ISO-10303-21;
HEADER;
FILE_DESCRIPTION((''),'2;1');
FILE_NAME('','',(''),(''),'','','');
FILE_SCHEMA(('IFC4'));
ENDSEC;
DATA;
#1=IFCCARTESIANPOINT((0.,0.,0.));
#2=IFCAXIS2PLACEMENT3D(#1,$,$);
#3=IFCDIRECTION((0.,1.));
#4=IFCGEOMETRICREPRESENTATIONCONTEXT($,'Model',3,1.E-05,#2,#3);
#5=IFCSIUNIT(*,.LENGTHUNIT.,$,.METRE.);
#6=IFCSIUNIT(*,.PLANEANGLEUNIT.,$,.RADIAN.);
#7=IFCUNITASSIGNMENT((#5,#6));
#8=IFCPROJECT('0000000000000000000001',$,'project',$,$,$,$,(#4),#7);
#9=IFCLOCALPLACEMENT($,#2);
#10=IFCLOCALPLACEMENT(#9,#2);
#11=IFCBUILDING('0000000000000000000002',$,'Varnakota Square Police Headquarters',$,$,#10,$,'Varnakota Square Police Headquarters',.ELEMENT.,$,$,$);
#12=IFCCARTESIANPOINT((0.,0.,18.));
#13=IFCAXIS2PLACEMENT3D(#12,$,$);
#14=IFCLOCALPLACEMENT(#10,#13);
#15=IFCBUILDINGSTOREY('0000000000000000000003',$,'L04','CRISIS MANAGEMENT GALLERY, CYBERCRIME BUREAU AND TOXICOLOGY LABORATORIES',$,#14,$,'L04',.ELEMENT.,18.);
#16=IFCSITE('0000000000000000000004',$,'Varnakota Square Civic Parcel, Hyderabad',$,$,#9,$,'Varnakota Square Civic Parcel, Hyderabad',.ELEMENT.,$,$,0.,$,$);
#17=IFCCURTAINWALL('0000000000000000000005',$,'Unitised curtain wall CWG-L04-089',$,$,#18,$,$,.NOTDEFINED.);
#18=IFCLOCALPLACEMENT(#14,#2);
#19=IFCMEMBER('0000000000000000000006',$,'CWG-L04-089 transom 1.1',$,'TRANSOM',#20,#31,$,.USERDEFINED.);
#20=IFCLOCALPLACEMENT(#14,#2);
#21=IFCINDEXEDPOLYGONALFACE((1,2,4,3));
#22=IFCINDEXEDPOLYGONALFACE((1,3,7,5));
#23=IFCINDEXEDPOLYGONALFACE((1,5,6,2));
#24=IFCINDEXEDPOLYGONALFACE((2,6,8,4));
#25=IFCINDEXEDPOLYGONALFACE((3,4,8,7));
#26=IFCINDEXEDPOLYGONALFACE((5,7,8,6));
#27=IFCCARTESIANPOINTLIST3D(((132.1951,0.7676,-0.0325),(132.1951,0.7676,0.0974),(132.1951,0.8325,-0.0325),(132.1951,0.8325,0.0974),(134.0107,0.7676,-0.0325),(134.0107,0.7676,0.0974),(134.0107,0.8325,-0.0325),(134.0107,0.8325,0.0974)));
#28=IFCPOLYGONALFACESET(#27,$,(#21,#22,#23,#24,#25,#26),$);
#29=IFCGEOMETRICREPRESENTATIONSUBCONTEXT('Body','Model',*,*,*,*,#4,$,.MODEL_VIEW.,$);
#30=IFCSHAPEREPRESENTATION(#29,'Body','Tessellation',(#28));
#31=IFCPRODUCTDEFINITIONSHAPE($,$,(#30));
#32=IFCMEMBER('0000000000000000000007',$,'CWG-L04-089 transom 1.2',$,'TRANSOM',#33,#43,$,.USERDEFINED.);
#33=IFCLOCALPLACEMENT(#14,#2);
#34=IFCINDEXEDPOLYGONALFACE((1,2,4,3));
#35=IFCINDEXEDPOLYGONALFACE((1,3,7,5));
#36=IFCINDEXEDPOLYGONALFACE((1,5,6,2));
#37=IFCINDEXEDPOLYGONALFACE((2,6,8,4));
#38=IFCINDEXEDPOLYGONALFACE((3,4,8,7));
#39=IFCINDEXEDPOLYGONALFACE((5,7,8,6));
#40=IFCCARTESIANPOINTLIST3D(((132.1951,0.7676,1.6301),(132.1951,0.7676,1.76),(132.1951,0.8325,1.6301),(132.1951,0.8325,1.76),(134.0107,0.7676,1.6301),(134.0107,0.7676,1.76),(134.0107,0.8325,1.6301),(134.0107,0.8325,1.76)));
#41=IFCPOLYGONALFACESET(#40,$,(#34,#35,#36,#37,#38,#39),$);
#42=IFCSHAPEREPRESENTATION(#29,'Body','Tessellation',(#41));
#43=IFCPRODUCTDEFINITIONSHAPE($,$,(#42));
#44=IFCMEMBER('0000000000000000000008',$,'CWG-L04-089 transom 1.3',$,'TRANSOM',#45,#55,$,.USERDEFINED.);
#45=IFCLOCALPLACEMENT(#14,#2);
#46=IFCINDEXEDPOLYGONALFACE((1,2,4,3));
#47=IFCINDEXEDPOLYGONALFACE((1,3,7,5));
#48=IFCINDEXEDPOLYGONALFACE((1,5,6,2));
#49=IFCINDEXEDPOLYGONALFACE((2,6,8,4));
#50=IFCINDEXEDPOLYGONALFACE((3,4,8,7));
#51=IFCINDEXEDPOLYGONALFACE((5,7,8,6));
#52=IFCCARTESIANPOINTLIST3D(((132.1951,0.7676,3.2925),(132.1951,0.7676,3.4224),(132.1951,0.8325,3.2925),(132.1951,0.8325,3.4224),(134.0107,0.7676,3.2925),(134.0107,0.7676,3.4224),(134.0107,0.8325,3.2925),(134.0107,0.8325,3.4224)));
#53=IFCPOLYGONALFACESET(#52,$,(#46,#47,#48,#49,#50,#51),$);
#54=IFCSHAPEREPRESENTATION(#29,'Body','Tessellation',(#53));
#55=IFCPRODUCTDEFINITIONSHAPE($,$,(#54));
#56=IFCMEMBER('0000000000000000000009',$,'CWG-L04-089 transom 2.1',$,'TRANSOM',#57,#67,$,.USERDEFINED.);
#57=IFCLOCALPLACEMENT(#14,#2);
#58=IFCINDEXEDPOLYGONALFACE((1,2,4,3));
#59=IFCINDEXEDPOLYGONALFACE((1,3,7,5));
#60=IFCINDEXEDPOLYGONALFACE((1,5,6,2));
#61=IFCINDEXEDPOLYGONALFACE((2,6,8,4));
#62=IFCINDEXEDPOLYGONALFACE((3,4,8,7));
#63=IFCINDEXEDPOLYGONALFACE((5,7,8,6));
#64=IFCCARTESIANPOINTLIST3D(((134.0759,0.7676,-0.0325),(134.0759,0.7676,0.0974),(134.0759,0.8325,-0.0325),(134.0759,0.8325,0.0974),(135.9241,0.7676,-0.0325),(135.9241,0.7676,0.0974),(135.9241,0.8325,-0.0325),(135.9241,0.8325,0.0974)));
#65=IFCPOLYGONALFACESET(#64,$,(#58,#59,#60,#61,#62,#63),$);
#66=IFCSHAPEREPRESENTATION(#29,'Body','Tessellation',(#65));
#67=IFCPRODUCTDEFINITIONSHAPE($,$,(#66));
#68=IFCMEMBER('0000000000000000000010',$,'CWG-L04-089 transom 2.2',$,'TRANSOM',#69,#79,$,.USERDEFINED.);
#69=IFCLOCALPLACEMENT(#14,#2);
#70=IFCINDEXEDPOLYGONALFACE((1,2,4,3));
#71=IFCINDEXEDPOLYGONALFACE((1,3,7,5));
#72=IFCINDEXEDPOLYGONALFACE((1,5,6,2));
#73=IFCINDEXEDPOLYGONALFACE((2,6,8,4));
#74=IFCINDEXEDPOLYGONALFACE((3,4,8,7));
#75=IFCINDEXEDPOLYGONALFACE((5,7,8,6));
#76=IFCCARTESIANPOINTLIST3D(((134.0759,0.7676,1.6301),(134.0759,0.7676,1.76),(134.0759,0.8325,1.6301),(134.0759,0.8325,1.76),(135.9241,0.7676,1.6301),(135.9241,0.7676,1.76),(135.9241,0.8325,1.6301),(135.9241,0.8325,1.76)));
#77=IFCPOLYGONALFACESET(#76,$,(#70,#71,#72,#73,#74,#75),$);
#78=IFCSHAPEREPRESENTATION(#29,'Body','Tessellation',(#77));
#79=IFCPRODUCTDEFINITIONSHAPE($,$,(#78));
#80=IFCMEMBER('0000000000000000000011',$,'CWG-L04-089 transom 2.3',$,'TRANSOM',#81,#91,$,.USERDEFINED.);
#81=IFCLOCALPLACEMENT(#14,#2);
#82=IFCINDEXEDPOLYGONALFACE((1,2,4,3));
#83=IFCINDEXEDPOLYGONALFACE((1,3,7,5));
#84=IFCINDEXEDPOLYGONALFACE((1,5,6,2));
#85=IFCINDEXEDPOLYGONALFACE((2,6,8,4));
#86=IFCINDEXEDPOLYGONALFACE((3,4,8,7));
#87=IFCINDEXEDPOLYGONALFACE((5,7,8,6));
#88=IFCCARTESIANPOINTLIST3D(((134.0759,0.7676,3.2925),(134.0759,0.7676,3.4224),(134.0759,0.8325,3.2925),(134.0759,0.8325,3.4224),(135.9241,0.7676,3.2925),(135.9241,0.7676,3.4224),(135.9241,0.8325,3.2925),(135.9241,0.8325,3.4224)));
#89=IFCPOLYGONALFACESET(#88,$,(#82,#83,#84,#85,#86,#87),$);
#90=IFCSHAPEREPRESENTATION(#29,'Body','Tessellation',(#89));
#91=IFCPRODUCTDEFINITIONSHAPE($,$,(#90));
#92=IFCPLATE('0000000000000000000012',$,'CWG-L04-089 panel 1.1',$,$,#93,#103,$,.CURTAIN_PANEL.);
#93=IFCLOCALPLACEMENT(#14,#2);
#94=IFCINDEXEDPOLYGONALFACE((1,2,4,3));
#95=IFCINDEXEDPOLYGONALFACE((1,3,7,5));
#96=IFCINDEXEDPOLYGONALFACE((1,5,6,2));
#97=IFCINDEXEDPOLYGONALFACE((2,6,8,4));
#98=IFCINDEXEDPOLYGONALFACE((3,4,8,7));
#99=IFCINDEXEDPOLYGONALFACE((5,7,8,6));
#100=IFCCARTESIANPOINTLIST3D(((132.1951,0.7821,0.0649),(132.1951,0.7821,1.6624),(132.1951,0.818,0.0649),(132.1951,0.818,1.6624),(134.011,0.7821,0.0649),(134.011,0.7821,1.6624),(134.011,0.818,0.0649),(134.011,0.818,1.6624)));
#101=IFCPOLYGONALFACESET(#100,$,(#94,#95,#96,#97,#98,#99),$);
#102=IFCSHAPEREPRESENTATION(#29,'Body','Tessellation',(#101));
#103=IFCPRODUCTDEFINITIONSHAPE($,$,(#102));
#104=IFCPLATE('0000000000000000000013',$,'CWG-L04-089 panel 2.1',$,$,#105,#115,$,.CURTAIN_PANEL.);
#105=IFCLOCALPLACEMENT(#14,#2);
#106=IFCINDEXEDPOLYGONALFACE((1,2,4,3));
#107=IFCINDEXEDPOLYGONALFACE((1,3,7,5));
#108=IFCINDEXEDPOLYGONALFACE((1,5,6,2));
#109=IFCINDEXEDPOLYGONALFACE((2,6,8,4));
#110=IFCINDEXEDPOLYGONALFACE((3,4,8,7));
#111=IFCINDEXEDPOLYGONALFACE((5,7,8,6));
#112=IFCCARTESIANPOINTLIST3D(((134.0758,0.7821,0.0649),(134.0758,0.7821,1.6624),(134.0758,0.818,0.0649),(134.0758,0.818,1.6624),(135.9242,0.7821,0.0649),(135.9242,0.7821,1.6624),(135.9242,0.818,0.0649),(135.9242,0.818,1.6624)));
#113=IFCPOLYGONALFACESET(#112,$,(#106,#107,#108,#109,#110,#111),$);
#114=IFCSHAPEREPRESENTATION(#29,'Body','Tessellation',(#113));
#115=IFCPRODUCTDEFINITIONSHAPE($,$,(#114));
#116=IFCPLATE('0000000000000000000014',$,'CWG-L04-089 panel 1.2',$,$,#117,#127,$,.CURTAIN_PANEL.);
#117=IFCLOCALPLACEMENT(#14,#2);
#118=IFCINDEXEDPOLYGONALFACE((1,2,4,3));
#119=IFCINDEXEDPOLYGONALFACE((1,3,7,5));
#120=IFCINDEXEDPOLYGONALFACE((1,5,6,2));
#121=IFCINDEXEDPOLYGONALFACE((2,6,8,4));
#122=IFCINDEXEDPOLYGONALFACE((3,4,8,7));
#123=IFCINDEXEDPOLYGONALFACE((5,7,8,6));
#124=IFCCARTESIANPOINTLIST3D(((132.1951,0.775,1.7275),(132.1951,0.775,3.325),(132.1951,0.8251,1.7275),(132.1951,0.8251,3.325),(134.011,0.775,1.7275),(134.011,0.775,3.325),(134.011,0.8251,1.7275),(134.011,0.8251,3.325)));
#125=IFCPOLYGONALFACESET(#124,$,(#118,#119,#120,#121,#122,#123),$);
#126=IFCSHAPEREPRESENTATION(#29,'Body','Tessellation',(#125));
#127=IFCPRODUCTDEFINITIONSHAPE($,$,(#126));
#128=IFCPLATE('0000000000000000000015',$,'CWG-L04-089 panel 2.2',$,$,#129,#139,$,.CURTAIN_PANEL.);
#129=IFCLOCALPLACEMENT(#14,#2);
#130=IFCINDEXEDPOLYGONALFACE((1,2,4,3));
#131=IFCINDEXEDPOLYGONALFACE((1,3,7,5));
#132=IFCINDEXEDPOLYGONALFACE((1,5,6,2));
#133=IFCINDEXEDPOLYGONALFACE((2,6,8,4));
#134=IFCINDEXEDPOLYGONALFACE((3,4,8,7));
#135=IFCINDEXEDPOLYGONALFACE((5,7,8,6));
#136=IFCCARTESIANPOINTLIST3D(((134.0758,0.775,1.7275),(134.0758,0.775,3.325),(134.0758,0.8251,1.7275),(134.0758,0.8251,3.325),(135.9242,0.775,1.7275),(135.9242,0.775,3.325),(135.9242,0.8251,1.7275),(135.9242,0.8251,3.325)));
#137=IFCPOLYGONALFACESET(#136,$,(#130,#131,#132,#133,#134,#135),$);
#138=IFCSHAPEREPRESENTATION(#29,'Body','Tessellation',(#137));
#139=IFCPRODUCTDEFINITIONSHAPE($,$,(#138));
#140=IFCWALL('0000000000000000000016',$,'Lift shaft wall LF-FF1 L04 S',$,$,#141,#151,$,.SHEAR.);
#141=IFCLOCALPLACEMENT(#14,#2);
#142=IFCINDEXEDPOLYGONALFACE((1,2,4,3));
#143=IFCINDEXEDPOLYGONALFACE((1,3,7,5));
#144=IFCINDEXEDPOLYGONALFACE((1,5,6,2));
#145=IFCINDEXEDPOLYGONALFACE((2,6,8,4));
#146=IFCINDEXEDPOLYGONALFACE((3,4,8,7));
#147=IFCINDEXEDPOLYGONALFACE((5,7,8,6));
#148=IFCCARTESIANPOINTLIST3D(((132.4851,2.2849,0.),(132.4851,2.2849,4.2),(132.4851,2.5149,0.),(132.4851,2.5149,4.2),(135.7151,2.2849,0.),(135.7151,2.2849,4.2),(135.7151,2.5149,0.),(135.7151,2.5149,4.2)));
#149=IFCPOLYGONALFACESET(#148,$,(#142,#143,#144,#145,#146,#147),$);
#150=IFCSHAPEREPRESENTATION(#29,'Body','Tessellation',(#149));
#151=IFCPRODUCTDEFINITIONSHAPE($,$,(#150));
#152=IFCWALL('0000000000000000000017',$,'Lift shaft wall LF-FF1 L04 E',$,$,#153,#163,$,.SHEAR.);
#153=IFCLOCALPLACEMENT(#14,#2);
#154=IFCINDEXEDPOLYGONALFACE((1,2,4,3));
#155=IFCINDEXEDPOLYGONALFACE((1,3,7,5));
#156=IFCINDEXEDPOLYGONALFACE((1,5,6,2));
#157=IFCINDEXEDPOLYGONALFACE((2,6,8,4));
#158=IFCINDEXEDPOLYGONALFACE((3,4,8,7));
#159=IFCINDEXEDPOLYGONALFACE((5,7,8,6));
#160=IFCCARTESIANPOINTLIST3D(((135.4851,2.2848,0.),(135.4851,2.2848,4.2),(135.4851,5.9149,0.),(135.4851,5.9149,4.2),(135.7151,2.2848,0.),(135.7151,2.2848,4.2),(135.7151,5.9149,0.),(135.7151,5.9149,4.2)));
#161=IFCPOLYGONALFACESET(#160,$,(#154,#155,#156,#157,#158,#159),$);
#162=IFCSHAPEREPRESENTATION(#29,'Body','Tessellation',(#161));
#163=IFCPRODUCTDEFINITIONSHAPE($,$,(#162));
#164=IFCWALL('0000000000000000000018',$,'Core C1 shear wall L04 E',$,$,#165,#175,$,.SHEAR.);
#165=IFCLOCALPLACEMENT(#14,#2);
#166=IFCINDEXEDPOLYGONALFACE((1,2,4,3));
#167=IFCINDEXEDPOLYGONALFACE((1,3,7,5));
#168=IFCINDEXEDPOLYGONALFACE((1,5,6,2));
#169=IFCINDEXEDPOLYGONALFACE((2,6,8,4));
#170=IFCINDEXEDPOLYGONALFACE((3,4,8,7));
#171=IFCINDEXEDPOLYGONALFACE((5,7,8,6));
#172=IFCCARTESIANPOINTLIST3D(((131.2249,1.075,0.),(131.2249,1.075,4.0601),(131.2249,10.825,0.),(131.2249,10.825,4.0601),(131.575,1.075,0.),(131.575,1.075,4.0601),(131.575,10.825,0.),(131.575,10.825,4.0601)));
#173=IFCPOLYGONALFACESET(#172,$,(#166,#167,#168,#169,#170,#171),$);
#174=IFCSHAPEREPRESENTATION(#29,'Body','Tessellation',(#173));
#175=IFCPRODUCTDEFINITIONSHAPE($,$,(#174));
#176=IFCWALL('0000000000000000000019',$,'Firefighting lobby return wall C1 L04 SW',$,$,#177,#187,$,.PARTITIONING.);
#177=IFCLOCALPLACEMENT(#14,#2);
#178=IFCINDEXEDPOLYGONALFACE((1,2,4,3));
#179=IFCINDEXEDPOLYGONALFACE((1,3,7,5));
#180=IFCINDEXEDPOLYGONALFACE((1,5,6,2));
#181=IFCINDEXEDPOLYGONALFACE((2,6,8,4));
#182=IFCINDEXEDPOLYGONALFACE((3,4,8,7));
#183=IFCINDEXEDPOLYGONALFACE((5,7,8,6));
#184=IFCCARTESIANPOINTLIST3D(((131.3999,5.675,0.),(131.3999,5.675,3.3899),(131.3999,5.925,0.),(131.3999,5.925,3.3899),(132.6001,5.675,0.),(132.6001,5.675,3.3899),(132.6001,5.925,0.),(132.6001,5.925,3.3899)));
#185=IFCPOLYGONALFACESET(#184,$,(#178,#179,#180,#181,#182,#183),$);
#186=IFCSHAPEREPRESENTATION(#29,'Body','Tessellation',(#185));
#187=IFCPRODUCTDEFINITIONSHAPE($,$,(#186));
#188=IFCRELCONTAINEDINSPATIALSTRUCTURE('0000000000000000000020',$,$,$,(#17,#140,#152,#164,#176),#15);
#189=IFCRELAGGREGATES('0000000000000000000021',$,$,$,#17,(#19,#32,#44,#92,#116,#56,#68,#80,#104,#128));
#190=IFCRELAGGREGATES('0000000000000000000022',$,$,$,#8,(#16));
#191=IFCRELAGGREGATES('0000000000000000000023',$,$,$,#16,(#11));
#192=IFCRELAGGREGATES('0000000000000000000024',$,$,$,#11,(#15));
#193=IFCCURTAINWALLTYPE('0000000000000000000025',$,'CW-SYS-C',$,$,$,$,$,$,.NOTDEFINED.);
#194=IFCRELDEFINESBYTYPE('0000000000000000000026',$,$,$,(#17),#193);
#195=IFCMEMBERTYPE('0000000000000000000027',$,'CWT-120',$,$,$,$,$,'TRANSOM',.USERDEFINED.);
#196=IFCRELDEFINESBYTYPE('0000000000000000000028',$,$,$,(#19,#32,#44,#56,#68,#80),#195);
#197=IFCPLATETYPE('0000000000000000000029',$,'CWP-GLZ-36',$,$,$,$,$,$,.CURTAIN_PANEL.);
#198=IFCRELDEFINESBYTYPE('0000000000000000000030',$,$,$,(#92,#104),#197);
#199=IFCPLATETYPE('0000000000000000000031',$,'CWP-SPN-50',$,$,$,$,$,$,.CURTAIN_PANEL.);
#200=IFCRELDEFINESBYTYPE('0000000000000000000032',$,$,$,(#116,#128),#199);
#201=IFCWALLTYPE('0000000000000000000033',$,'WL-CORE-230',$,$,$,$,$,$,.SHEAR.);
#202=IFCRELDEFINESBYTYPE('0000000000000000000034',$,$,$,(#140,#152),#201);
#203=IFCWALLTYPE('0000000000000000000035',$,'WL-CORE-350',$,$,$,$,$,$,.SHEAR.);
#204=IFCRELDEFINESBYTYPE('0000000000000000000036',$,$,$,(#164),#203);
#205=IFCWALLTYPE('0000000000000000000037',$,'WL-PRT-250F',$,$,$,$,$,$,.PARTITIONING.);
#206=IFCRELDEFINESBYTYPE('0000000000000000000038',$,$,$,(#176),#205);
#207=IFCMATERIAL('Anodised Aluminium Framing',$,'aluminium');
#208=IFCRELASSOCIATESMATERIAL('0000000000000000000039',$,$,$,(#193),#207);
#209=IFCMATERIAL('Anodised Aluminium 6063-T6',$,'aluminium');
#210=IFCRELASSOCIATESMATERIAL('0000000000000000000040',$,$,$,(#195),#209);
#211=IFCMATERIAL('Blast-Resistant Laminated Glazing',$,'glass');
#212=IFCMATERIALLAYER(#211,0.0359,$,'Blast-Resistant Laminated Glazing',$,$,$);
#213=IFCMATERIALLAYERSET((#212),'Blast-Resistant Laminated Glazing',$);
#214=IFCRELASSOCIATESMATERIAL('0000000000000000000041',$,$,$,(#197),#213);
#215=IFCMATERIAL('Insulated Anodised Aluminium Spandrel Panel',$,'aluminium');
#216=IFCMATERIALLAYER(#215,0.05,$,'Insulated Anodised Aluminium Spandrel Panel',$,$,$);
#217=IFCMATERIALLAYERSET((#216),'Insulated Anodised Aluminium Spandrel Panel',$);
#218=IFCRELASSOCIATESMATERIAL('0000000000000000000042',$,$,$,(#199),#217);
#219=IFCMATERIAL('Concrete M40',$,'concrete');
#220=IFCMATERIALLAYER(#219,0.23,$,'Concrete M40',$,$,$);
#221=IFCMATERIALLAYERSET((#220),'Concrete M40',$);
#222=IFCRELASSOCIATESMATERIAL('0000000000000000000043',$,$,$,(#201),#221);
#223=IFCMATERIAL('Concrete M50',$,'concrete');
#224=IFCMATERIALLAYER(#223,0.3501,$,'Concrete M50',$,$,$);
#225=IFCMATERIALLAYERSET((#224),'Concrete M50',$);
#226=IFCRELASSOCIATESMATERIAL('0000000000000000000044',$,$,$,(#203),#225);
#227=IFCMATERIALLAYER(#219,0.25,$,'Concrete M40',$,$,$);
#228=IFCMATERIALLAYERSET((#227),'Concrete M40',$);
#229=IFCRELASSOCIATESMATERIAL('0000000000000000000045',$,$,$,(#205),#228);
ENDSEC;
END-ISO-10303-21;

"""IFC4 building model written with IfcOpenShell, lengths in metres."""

from ifc_helpers import new_model, si_unit, direction, frame, frame_2d, origin, origin_2d, place, context, subcontext, project, spatial, rectangle, extrude, material, layer, layer_set, material_profile, profile_set, type_object, element, aggregate, save


model = new_model("IFC4")

# Units and contexts
model_context = context("Model", 3, precision=1e-05, world=origin(), true_north=direction((0.0, 1.0)))
body_context = subcontext(model_context, "Body", "Model", "MODEL_VIEW")
ifc_project = project(units=[si_unit("LENGTHUNIT", "METRE"), si_unit("PLANEANGLEUNIT", "RADIAN")], contexts=[model_context])

# Site, building, storey
site_placement = place(None, origin())
site = spatial("IfcSite", under=ifc_project, at=site_placement, Name="Varnakota Square Civic Parcel, Hyderabad", LongName="Varnakota Square Civic Parcel, Hyderabad", CompositionType="ELEMENT", RefElevation=0.0)
building_placement = place(site_placement, origin())
building = spatial("IfcBuilding", under=site, at=building_placement, Name="Varnakota Square Police Headquarters", LongName="Varnakota Square Police Headquarters", CompositionType="ELEMENT")
storey_placement = place(building_placement, frame((0.0, 0.0, 18.0)))
storey = spatial("IfcBuildingStorey", under=building, at=storey_placement, Name="L04", Description="CRISIS MANAGEMENT GALLERY, CYBERCRIME BUREAU AND TOXICOLOGY LABORATORIES", LongName="L04", CompositionType="ELEMENT", Elevation=18.0)

# Curtain wall, members, plates
ifc_material_1 = material(Name="Anodised Aluminium Framing", Category="aluminium")
curtain_wall_type = type_object("IfcCurtainWallType", Name="CW-SYS-C", PredefinedType="NOTDEFINED", material=ifc_material_1)
curtain_wall_placement = place(storey_placement, origin())
curtain_wall = element("IfcCurtainWall", 1, at=curtain_wall_placement, inside=storey, type_object=curtain_wall_type, Name="Unitised curtain wall CWG-L04-089", PredefinedType="NOTDEFINED")
ifc_material_2 = material(Name="Anodised Aluminium 6063-T6", Category="aluminium")
ifc_material_profile_1 = material_profile(ifc_material_2, rectangle(XDim=0.0649, YDim=0.1299, at=origin_2d()), Name="ALU TRANSOM 65x130")
ifc_profile_set_1 = profile_set([ifc_material_profile_1], Name="Anodised Aluminium 6063-T6")
member_type_1 = type_object("IfcMemberType", Name="CWT-120", ElementType="TRANSOM", PredefinedType="USERDEFINED", material=ifc_profile_set_1)
member_1_placement = place(storey_placement, frame((132.1951, 0.8, 0.0325), z_axis=(1.0, 0.0, 0.0), x_axis=(0.0, 1.0, 0.0)))
member_1 = element("IfcMember", 2, at=member_1_placement, type_object=member_type_1, Name="CWG-L04-089 transom 1.1", ObjectType="TRANSOM", PredefinedType="USERDEFINED", context=body_context, shape_type="SweptSolid", body=[
    extrude(rectangle(XDim=0.0649, YDim=0.1299, at=origin_2d()), origin(), (0.0, 0.0, 1.0), 1.8157),
])
member_2_placement = place(storey_placement, frame((132.1951, 0.8, 1.6951), z_axis=(1.0, 0.0, 0.0), x_axis=(0.0, 1.0, 0.0)))
member_2 = element("IfcMember", 3, at=member_2_placement, type_object=member_type_1, Name="CWG-L04-089 transom 1.2", ObjectType="TRANSOM", PredefinedType="USERDEFINED", context=body_context, shape_type="SweptSolid", body=[
    extrude(rectangle(XDim=0.0649, YDim=0.1299, at=origin_2d()), origin(), (0.0, 0.0, 1.0), 1.8157),
])
member_3_placement = place(storey_placement, frame((132.1951, 0.8, 3.3574), z_axis=(1.0, 0.0, 0.0), x_axis=(0.0, 1.0, 0.0)))
member_3 = element("IfcMember", 4, at=member_3_placement, type_object=member_type_1, Name="CWG-L04-089 transom 1.3", ObjectType="TRANSOM", PredefinedType="USERDEFINED", context=body_context, shape_type="SweptSolid", body=[
    extrude(rectangle(XDim=0.0649, YDim=0.1299, at=origin_2d()), origin(), (0.0, 0.0, 1.0), 1.8157),
])
member_4_placement = place(storey_placement, frame((134.0759, 0.8, 0.0325), z_axis=(1.0, 0.0, 0.0), x_axis=(0.0, 1.0, 0.0)))
member_4 = element("IfcMember", 5, at=member_4_placement, type_object=member_type_1, Name="CWG-L04-089 transom 2.1", ObjectType="TRANSOM", PredefinedType="USERDEFINED", context=body_context, shape_type="SweptSolid", body=[
    extrude(rectangle(XDim=0.0649, YDim=0.1299, at=origin_2d()), origin(), (0.0, 0.0, 1.0), 1.8481),
])
member_5_placement = place(storey_placement, frame((134.0759, 0.8, 1.6951), z_axis=(1.0, 0.0, 0.0), x_axis=(0.0, 1.0, 0.0)))
member_5 = element("IfcMember", 6, at=member_5_placement, type_object=member_type_1, Name="CWG-L04-089 transom 2.2", ObjectType="TRANSOM", PredefinedType="USERDEFINED", context=body_context, shape_type="SweptSolid", body=[
    extrude(rectangle(XDim=0.0649, YDim=0.1299, at=origin_2d()), origin(), (0.0, 0.0, 1.0), 1.8481),
])
member_6_placement = place(storey_placement, frame((134.0759, 0.8, 3.3574), z_axis=(1.0, 0.0, 0.0), x_axis=(0.0, 1.0, 0.0)))
member_6 = element("IfcMember", 7, at=member_6_placement, type_object=member_type_1, Name="CWG-L04-089 transom 2.3", ObjectType="TRANSOM", PredefinedType="USERDEFINED", context=body_context, shape_type="SweptSolid", body=[
    extrude(rectangle(XDim=0.0649, YDim=0.1299, at=origin_2d()), origin(), (0.0, 0.0, 1.0), 1.8481),
])
ifc_material_3 = material(Name="Blast-Resistant Laminated Glazing", Category="glass")
ifc_layer_1 = layer(ifc_material_3, 0.0359, Name="Blast-Resistant Laminated Glazing")
ifc_layer_set_1 = layer_set([ifc_layer_1], Name="Blast-Resistant Laminated Glazing")
plate_type_1 = type_object("IfcPlateType", Name="CWP-GLZ-36", PredefinedType="CURTAIN_PANEL", material=ifc_layer_set_1)
plate_1_placement = place(storey_placement, frame((133.103, 0.8, 0.0649), z_axis=(0.0, 0.0, 1.0), x_axis=(1.0, 0.0, 0.0)))
plate_1 = element("IfcPlate", 8, at=plate_1_placement, type_object=plate_type_1, Name="CWG-L04-089 panel 1.1", PredefinedType="CURTAIN_PANEL", context=body_context, shape_type="SweptSolid", body=[
    extrude(rectangle(XDim=1.8159, YDim=0.0359, at=origin_2d()), origin(), (0.0, 0.0, 1.0), 1.5974),
])
plate_2_placement = place(storey_placement, frame((135.0, 0.8, 0.0649), z_axis=(0.0, 0.0, 1.0), x_axis=(1.0, 0.0, 0.0)))
plate_2 = element("IfcPlate", 9, at=plate_2_placement, type_object=plate_type_1, Name="CWG-L04-089 panel 2.1", PredefinedType="CURTAIN_PANEL", context=body_context, shape_type="SweptSolid", body=[
    extrude(rectangle(XDim=1.8484, YDim=0.0359, at=origin_2d()), origin(), (0.0, 0.0, 1.0), 1.5974),
])
ifc_material_4 = material(Name="Insulated Anodised Aluminium Spandrel Panel", Category="aluminium")
ifc_layer_2 = layer(ifc_material_4, 0.05, Name="Insulated Anodised Aluminium Spandrel Panel")
ifc_layer_set_2 = layer_set([ifc_layer_2], Name="Insulated Anodised Aluminium Spandrel Panel")
plate_type_2 = type_object("IfcPlateType", Name="CWP-SPN-50", PredefinedType="CURTAIN_PANEL", material=ifc_layer_set_2)
plate_3_placement = place(storey_placement, frame((133.103, 0.8, 1.7275), z_axis=(0.0, 0.0, 1.0), x_axis=(1.0, 0.0, 0.0)))
plate_3 = element("IfcPlate", 10, at=plate_3_placement, type_object=plate_type_2, Name="CWG-L04-089 panel 1.2", PredefinedType="CURTAIN_PANEL", context=body_context, shape_type="SweptSolid", body=[
    extrude(rectangle(XDim=1.8159, YDim=0.05, at=origin_2d()), origin(), (0.0, 0.0, 1.0), 1.5974),
])
plate_4_placement = place(storey_placement, frame((135.0, 0.8, 1.7275), z_axis=(0.0, 0.0, 1.0), x_axis=(1.0, 0.0, 0.0)))
plate_4 = element("IfcPlate", 11, at=plate_4_placement, type_object=plate_type_2, Name="CWG-L04-089 panel 2.2", PredefinedType="CURTAIN_PANEL", context=body_context, shape_type="SweptSolid", body=[
    extrude(rectangle(XDim=1.8484, YDim=0.05, at=origin_2d()), origin(), (0.0, 0.0, 1.0), 1.5974),
])
aggregate(curtain_wall, [member_1, member_2, member_3, plate_1, plate_3, member_4, member_5, member_6, plate_2, plate_4])

# Walls
ifc_material_5 = material(Name="Concrete M40", Category="concrete")
ifc_layer_3 = layer(ifc_material_5, 0.23, Name="Concrete M40")
ifc_layer_set_3 = layer_set([ifc_layer_3], Name="Concrete M40")
wall_type_1 = type_object("IfcWallType", Name="WL-CORE-230", PredefinedType="SHEAR", material=ifc_layer_set_3)
wall_1_placement = place(storey_placement, frame((132.4851, 2.3999, 0.0), z_axis=(0.0, 0.0, 1.0), x_axis=(1.0, 0.0, 0.0)))
element("IfcWall", 12, at=wall_1_placement, inside=storey, type_object=wall_type_1, Name="Lift shaft wall LF-FF1 L04 S", PredefinedType="SHEAR", context=body_context, shape_type="SweptSolid", body=[
    extrude(rectangle(XDim=3.23, YDim=0.23, at=frame_2d((1.615, 0.0))), origin(), (0.0, 0.0, 1.0), 4.2),
])
wall_2_placement = place(storey_placement, frame((135.6001, 2.2849, 0.0), z_axis=(0.0, 0.0, 1.0), x_axis=(0.0, 1.0, 0.0)))
element("IfcWall", 13, at=wall_2_placement, inside=storey, type_object=wall_type_1, Name="Lift shaft wall LF-FF1 L04 E", PredefinedType="SHEAR", context=body_context, shape_type="SweptSolid", body=[
    extrude(rectangle(XDim=3.6301, YDim=0.23, at=frame_2d((1.8149, 0.0))), origin(), (0.0, 0.0, 1.0), 4.2),
])
ifc_material_6 = material(Name="Concrete M50", Category="concrete")
ifc_layer_4 = layer(ifc_material_6, 0.3501, Name="Concrete M50")
ifc_layer_set_4 = layer_set([ifc_layer_4], Name="Concrete M50")
wall_type_2 = type_object("IfcWallType", Name="WL-CORE-350", PredefinedType="SHEAR", material=ifc_layer_set_4)
wall_3_placement = place(storey_placement, frame((131.3999, 1.075, 0.0), z_axis=(0.0, 0.0, 1.0), x_axis=(0.0, 1.0, 0.0)))
element("IfcWall", 14, at=wall_3_placement, inside=storey, type_object=wall_type_2, Name="Core C1 shear wall L04 E", PredefinedType="SHEAR", context=body_context, shape_type="SweptSolid", body=[
    extrude(rectangle(XDim=9.75, YDim=0.3501, at=frame_2d((4.875, 0.0))), origin(), (0.0, 0.0, 1.0), 4.0601),
])
ifc_layer_5 = layer(ifc_material_5, 0.25, Name="Concrete M40")
ifc_layer_set_5 = layer_set([ifc_layer_5], Name="Concrete M40")
wall_type_3 = type_object("IfcWallType", Name="WL-PRT-250F", PredefinedType="PARTITIONING", material=ifc_layer_set_5)
wall_4_placement = place(storey_placement, frame((131.3999, 5.8, 0.0), z_axis=(0.0, 0.0, 1.0), x_axis=(1.0, 0.0, 0.0)))
element("IfcWall", 15, at=wall_4_placement, inside=storey, type_object=wall_type_3, Name="Firefighting lobby return wall C1 L04 SW", PredefinedType="PARTITIONING", context=body_context, shape_type="SweptSolid", body=[
    extrude(rectangle(XDim=1.2002, YDim=0.25, at=frame_2d((0.6001, 0.0))), origin(), (0.0, 0.0, 1.0), 3.3899),
])

save(model, "model.ifc")
